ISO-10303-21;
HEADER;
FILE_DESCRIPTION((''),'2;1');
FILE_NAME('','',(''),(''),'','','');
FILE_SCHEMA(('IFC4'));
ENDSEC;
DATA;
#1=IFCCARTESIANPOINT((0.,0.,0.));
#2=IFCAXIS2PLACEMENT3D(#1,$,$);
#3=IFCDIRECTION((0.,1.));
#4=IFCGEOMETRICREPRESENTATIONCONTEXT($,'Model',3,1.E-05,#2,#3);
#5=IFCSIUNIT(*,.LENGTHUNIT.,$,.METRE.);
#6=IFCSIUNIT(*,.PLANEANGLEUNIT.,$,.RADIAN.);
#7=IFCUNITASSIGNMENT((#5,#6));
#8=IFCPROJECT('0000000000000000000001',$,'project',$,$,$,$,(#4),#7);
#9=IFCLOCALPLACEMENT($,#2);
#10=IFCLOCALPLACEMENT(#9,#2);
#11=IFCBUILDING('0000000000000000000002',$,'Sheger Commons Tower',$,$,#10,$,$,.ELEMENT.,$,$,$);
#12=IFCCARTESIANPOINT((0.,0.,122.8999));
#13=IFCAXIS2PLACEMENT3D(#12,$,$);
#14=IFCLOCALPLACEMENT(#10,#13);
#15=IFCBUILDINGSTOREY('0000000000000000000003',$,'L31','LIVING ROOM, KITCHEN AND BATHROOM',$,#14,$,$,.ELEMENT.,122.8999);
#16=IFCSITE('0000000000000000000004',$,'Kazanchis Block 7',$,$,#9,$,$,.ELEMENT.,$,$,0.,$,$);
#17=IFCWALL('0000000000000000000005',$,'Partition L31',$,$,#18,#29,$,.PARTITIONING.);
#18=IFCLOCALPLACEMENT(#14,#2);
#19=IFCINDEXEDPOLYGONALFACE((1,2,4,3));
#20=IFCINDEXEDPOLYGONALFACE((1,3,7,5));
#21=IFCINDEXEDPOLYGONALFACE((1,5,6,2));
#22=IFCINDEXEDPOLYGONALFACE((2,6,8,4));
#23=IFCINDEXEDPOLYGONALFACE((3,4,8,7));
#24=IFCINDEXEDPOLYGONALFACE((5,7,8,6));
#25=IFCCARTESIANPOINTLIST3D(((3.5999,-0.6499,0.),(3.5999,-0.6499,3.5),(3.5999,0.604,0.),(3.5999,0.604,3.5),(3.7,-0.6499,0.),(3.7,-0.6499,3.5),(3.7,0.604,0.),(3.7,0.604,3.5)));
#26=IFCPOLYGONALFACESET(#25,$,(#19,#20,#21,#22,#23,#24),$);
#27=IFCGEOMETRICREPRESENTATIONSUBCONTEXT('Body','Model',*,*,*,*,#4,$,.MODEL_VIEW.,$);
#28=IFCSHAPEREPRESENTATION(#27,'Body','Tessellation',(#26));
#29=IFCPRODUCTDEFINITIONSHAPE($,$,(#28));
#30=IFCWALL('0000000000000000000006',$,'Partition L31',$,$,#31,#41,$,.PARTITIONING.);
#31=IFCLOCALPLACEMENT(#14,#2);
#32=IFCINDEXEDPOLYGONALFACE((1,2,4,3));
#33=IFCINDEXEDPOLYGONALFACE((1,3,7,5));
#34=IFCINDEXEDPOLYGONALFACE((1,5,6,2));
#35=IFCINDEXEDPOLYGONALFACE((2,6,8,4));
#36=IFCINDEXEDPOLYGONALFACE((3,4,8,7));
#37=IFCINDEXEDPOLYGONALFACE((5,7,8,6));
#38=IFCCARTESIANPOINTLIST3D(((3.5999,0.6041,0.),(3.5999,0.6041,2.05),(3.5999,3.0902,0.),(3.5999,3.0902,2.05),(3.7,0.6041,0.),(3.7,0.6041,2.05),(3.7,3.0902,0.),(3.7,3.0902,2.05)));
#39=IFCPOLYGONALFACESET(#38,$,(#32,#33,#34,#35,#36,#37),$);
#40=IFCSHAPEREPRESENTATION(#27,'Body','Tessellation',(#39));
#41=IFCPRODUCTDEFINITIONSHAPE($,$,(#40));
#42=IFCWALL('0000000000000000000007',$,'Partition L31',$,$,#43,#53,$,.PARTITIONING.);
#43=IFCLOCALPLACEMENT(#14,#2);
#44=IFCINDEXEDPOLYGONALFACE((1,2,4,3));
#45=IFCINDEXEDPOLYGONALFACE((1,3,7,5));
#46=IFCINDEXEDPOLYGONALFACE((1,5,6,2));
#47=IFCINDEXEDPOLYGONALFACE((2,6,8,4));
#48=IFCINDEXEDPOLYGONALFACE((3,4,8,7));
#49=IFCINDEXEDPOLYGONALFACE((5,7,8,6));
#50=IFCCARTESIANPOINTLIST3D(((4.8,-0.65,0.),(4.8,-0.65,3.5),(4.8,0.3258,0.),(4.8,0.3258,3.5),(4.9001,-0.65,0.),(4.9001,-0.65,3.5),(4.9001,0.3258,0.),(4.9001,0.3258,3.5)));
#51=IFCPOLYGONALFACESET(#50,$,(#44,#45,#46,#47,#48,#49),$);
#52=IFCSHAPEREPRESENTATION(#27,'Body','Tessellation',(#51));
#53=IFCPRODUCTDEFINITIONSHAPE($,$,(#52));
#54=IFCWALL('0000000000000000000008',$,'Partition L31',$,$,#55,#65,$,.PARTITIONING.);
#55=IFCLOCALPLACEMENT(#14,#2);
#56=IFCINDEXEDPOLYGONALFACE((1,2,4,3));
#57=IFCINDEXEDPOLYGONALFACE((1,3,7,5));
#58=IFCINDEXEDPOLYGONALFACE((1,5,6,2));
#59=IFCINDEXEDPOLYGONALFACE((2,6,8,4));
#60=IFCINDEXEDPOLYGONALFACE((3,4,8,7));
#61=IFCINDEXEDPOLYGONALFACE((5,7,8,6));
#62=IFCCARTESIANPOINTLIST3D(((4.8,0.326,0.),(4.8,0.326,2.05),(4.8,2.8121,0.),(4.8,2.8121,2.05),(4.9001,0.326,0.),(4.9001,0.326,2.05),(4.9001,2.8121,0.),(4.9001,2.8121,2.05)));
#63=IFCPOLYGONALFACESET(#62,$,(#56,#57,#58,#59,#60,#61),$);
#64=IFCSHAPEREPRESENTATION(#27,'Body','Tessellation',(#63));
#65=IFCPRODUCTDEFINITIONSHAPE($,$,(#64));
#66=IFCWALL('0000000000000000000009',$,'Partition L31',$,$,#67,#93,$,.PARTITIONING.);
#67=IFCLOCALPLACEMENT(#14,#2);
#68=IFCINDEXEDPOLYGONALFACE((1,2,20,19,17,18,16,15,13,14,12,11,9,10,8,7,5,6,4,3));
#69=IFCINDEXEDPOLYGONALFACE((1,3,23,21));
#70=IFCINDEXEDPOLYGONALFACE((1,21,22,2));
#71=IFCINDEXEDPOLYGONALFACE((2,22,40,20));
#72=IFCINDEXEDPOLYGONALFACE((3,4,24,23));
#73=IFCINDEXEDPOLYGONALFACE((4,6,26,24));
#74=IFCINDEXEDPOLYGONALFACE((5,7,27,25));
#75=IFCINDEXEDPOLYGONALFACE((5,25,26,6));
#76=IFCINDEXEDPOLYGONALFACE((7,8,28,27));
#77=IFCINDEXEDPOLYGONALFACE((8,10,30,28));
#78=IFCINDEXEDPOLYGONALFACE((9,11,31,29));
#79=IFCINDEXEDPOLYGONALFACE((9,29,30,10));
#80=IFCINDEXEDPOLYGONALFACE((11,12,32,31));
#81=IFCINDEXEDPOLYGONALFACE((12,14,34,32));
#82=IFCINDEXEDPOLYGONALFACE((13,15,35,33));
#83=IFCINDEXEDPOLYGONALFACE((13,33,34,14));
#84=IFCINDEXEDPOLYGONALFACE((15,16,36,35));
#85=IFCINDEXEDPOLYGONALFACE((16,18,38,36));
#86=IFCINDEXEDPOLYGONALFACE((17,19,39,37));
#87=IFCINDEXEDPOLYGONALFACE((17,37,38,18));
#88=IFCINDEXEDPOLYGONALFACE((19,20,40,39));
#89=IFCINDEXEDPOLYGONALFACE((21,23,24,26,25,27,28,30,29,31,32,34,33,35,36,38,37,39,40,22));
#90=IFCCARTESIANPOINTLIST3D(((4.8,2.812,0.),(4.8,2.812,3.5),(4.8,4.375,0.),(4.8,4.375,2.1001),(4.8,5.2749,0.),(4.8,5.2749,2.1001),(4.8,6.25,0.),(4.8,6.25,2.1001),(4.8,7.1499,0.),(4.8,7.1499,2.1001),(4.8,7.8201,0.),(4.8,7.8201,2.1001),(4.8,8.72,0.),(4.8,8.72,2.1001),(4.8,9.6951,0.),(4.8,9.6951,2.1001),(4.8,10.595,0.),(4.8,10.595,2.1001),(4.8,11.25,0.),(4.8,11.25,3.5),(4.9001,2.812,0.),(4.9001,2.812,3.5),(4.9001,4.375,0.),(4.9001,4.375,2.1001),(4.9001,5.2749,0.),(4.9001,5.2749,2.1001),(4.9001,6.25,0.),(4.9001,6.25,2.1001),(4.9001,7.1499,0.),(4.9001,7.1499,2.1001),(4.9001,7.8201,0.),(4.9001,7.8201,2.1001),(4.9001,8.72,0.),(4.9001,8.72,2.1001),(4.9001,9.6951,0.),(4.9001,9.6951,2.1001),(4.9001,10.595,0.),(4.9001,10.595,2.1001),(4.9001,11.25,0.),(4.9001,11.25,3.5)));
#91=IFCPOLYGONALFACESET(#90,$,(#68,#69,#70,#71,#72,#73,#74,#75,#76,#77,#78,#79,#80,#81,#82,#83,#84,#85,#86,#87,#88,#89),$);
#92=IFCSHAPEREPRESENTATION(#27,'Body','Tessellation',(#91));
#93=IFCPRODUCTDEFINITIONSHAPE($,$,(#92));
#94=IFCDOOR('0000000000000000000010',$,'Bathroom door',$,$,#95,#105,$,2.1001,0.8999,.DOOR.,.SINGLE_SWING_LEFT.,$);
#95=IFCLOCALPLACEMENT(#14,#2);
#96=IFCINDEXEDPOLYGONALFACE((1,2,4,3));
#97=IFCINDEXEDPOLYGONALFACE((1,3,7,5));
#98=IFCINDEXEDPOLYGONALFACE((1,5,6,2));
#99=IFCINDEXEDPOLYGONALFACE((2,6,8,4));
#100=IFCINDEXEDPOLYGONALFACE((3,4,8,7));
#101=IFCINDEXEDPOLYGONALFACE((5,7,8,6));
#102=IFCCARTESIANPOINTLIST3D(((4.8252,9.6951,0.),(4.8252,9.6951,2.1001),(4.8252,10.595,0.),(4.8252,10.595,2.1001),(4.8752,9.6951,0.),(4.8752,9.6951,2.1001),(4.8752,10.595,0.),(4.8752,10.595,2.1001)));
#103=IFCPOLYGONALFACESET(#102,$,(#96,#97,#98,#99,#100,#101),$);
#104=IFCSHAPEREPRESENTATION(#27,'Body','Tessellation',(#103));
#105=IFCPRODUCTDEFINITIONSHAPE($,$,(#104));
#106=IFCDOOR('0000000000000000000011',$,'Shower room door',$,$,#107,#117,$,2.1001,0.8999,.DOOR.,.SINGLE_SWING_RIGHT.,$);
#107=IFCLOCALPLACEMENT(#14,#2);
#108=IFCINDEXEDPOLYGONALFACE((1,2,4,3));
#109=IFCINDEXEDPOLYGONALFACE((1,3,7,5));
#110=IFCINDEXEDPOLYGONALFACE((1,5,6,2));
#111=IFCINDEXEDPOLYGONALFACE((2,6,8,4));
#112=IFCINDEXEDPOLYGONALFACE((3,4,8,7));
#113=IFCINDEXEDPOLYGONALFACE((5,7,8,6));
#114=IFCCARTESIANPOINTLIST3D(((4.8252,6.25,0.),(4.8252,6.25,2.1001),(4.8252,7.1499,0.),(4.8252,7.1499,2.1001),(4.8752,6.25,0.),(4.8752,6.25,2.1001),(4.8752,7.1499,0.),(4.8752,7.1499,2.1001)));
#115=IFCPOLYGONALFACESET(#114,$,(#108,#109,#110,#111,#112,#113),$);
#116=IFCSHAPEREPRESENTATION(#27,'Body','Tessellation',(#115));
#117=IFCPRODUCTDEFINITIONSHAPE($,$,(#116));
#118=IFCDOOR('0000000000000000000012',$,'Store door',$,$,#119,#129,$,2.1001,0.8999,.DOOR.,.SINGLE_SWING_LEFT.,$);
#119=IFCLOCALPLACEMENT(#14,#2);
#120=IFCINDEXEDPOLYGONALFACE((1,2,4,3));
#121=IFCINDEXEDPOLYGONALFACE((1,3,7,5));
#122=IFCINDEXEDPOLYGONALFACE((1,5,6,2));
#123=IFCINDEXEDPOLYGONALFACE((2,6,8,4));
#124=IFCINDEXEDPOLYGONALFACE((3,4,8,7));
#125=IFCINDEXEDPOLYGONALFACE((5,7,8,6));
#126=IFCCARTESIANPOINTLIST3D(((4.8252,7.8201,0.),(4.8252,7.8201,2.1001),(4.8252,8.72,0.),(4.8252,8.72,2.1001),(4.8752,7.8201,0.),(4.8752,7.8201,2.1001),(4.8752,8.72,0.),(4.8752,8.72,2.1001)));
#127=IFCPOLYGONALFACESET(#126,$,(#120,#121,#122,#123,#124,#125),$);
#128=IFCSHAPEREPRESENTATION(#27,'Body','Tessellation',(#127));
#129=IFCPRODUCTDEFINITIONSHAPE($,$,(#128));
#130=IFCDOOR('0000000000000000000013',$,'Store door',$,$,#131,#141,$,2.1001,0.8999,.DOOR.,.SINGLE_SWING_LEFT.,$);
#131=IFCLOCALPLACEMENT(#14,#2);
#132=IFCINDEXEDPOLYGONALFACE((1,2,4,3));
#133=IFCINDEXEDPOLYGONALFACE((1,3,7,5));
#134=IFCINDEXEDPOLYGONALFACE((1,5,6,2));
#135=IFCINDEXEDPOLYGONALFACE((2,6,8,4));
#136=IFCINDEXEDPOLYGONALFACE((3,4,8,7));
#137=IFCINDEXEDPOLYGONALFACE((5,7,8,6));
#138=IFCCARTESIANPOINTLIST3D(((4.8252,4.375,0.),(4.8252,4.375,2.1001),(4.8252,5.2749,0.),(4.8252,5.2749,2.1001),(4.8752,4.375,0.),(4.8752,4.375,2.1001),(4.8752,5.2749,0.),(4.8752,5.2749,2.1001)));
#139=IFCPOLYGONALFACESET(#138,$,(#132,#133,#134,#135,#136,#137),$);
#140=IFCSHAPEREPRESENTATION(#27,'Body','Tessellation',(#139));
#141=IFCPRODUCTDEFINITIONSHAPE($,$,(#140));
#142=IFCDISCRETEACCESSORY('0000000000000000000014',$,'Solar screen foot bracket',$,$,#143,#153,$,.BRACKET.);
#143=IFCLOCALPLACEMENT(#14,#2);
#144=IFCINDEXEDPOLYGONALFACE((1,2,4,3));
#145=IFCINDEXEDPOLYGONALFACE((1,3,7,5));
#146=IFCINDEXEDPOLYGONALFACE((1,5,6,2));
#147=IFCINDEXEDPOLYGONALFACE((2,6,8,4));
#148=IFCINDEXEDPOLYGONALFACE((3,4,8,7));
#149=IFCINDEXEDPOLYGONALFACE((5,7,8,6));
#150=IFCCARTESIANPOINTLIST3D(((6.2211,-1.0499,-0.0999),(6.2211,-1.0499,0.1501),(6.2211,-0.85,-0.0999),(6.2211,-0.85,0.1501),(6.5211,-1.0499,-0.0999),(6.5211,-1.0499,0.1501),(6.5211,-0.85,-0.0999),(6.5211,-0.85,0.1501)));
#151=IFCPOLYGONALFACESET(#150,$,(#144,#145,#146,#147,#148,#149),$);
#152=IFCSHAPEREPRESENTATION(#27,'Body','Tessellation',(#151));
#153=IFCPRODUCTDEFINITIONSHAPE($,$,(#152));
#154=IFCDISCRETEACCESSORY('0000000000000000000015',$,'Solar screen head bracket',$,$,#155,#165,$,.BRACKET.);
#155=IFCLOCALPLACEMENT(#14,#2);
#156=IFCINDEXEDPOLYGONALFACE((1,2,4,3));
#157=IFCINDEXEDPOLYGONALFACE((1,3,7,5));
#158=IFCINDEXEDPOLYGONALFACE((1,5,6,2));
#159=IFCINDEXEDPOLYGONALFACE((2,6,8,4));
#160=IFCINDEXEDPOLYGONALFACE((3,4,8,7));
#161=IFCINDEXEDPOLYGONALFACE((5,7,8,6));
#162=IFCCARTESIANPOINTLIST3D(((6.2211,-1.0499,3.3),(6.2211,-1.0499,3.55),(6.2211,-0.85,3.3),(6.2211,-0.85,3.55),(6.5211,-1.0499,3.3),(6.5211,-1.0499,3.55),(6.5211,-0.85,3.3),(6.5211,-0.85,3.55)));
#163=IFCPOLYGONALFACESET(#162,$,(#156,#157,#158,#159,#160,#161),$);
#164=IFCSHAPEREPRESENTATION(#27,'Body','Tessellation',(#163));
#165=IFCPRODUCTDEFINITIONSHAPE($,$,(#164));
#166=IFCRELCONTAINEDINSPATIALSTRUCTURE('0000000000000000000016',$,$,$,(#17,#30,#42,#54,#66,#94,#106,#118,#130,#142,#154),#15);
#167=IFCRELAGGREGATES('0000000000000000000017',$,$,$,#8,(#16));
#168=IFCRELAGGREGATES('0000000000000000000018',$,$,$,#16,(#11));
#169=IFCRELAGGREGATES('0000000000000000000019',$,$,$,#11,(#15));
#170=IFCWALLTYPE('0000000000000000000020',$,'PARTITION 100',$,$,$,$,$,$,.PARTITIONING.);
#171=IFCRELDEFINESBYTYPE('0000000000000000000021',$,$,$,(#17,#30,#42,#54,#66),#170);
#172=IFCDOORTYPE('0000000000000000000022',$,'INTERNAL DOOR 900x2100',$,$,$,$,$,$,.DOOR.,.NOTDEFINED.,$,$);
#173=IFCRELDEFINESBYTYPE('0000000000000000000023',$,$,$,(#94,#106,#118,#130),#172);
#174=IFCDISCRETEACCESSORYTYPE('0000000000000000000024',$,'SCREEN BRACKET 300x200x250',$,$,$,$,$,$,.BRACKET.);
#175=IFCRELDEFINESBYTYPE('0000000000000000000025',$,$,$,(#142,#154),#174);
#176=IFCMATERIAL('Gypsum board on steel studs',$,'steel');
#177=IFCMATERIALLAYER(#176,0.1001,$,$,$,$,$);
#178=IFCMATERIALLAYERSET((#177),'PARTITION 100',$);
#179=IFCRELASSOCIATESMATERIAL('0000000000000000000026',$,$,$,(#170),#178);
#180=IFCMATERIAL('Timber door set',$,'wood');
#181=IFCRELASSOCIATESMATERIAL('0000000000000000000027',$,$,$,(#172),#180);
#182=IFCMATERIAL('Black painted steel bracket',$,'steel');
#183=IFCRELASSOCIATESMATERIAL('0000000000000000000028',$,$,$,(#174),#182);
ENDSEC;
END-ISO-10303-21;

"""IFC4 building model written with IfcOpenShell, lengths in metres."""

from ifc_helpers import new_model, si_unit, direction, frame, frame_2d, origin, origin_2d, place, context, subcontext, project, spatial, rectangle, extrude, material, layer, layer_set, type_object, element, fill, save


model = new_model("IFC4")

# Units and contexts
model_context = context("Model", 3, precision=1e-05, world=origin(), true_north=direction((0.0, 1.0)))
body_context = subcontext(model_context, "Body", "Model", "MODEL_VIEW")
ifc_project = project(units=[si_unit("LENGTHUNIT", "METRE"), si_unit("PLANEANGLEUNIT", "RADIAN")], contexts=[model_context])

# Site, building, storey
site_placement = place(None, origin())
site = spatial("IfcSite", under=ifc_project, at=site_placement, Name="Kazanchis Block 7", CompositionType="ELEMENT", RefElevation=0.0)
building_placement = place(site_placement, origin())
building = spatial("IfcBuilding", under=site, at=building_placement, Name="Sheger Commons Tower", CompositionType="ELEMENT")
storey_placement = place(building_placement, frame((0.0, 0.0, 122.8999)))
storey = spatial("IfcBuildingStorey", under=building, at=storey_placement, Name="L31", Description="LIVING ROOM, KITCHEN AND BATHROOM", CompositionType="ELEMENT", Elevation=122.8999)

# Walls
ifc_material_1 = material(Name="Gypsum board on steel studs", Category="steel")
ifc_layer_1 = layer(ifc_material_1, 0.1001)
ifc_layer_set_1 = layer_set([ifc_layer_1], Name="PARTITION 100")
wall_type_1 = type_object("IfcWallType", Name="PARTITION 100", PredefinedType="PARTITIONING", material=ifc_layer_set_1)
wall_1_placement = place(storey_placement, frame((3.6499, -0.6499, 0.0), z_axis=(0.0, 0.0, 1.0), x_axis=(0.0, 1.0, 0.0)))
element("IfcWall", 1, at=wall_1_placement, inside=storey, type_object=wall_type_1, Name="Partition L31", PredefinedType="PARTITIONING", context=body_context, shape_type="SweptSolid", body=[
    extrude(rectangle(XDim=1.2539, YDim=0.1001, at=frame_2d((0.627, 0.0))), origin(), (0.0, 0.0, 1.0), 3.5),
])
wall_2_placement = place(storey_placement, frame((3.6499, 0.604, 0.0), z_axis=(0.0, 0.0, 1.0), x_axis=(0.0, 1.0, 0.0)))
element("IfcWall", 2, at=wall_2_placement, inside=storey, type_object=wall_type_1, Name="Partition L31", PredefinedType="PARTITIONING", context=body_context, shape_type="SweptSolid", body=[
    extrude(rectangle(XDim=2.4861, YDim=0.1001, at=frame_2d((1.2432, 0.0))), origin(), (0.0, 0.0, 1.0), 2.05),
])
wall_3_placement = place(storey_placement, frame((4.8501, -0.6499, 0.0), z_axis=(0.0, 0.0, 1.0), x_axis=(0.0, 1.0, 0.0)))
element("IfcWall", 3, at=wall_3_placement, inside=storey, type_object=wall_type_1, Name="Partition L31", PredefinedType="PARTITIONING", context=body_context, shape_type="SweptSolid", body=[
    extrude(rectangle(XDim=0.9758, YDim=0.1001, at=frame_2d((0.4878, 0.0))), origin(), (0.0, 0.0, 1.0), 3.5),
])
wall_4_placement = place(storey_placement, frame((4.8501, 0.3259, 0.0), z_axis=(0.0, 0.0, 1.0), x_axis=(0.0, 1.0, 0.0)))
element("IfcWall", 4, at=wall_4_placement, inside=storey, type_object=wall_type_1, Name="Partition L31", PredefinedType="PARTITIONING", context=body_context, shape_type="SweptSolid", body=[
    extrude(rectangle(XDim=2.4861, YDim=0.1001, at=frame_2d((1.2432, 0.0))), origin(), (0.0, 0.0, 1.0), 2.05),
])

# Wall, openings, doors
wall_5_placement = place(storey_placement, frame((4.8501, 2.812, 0.0), z_axis=(0.0, 0.0, 1.0), x_axis=(0.0, 1.0, 0.0)))
wall_5 = element("IfcWall", 5, at=wall_5_placement, inside=storey, type_object=wall_type_1, Name="Partition L31", PredefinedType="PARTITIONING", context=body_context, shape_type="SweptSolid", body=[
    extrude(rectangle(XDim=8.438, YDim=0.1001, at=frame_2d((4.219, 0.0))), origin(), (0.0, 0.0, 1.0), 3.5),
])
opening_1_placement = place(wall_5_placement, frame((6.8831, 0.0, 0.0)))
opening_1 = element("IfcOpeningElement", 6, at=opening_1_placement, cuts=wall_5, PredefinedType="OPENING", context=body_context, shape_type="SweptSolid", body=[
    extrude(rectangle(XDim=0.8999, YDim=2.1001, at=frame_2d((0.45, 1.05))), frame((0.0, 0.0601, 0.0), z_axis=(0.0, -1.0, 0.0), x_axis=(1.0, 0.0, 0.0)), (0.0, 0.0, 1.0), 0.1201),
])
opening_2_placement = place(wall_5_placement, frame((3.438, 0.0, 0.0)))
opening_2 = element("IfcOpeningElement", 7, at=opening_2_placement, cuts=wall_5, PredefinedType="OPENING", context=body_context, shape_type="SweptSolid", body=[
    extrude(rectangle(XDim=0.8999, YDim=2.1001, at=frame_2d((0.45, 1.05))), frame((0.0, 0.0601, 0.0), z_axis=(0.0, -1.0, 0.0), x_axis=(1.0, 0.0, 0.0)), (0.0, 0.0, 1.0), 0.1201),
])
opening_3_placement = place(wall_5_placement, frame((5.0081, 0.0, 0.0)))
opening_3 = element("IfcOpeningElement", 8, at=opening_3_placement, cuts=wall_5, PredefinedType="OPENING", context=body_context, shape_type="SweptSolid", body=[
    extrude(rectangle(XDim=0.8999, YDim=2.1001, at=frame_2d((0.45, 1.05))), frame((0.0, 0.0601, 0.0), z_axis=(0.0, -1.0, 0.0), x_axis=(1.0, 0.0, 0.0)), (0.0, 0.0, 1.0), 0.1201),
])
opening_4_placement = place(wall_5_placement, frame((1.563, 0.0, 0.0)))
opening_4 = element("IfcOpeningElement", 9, at=opening_4_placement, cuts=wall_5, PredefinedType="OPENING", context=body_context, shape_type="SweptSolid", body=[
    extrude(rectangle(XDim=0.8999, YDim=2.1001, at=frame_2d((0.45, 1.05))), frame((0.0, 0.0601, 0.0), z_axis=(0.0, -1.0, 0.0), x_axis=(1.0, 0.0, 0.0)), (0.0, 0.0, 1.0), 0.1201),
])
ifc_material_2 = material(Name="Timber door set", Category="wood")
door_type = type_object("IfcDoorType", Name="INTERNAL DOOR 900x2100", OperationType="NOTDEFINED", PredefinedType="DOOR", material=ifc_material_2)
door_1_placement = place(opening_1_placement, origin())
door_1 = element("IfcDoor", 10, at=door_1_placement, inside=storey, type_object=door_type, Name="Bathroom door", OperationType="SINGLE_SWING_LEFT", OverallHeight=2.1001, OverallWidth=0.8999, PredefinedType="DOOR", context=body_context, shape_type="SweptSolid", body=[
    extrude(rectangle(XDim=0.8999, YDim=2.1001, at=frame_2d((0.45, 1.05))), frame((0.0, 0.0249, 0.0), z_axis=(0.0, -1.0, 0.0), x_axis=(1.0, 0.0, 0.0)), (0.0, 0.0, 1.0), 0.05),
])
fill(opening_1, door_1)
door_2_placement = place(opening_2_placement, origin())
door_2 = element("IfcDoor", 11, at=door_2_placement, inside=storey, type_object=door_type, Name="Shower room door", OperationType="SINGLE_SWING_RIGHT", OverallHeight=2.1001, OverallWidth=0.8999, PredefinedType="DOOR", context=body_context, shape_type="SweptSolid", body=[
    extrude(rectangle(XDim=0.8999, YDim=2.1001, at=frame_2d((0.45, 1.05))), frame((0.0, 0.0249, 0.0), z_axis=(0.0, -1.0, 0.0), x_axis=(1.0, 0.0, 0.0)), (0.0, 0.0, 1.0), 0.05),
])
fill(opening_2, door_2)
door_3_placement = place(opening_3_placement, origin())
door_3 = element("IfcDoor", 12, at=door_3_placement, inside=storey, type_object=door_type, Name="Store door", OperationType="SINGLE_SWING_LEFT", OverallHeight=2.1001, OverallWidth=0.8999, PredefinedType="DOOR", context=body_context, shape_type="SweptSolid", body=[
    extrude(rectangle(XDim=0.8999, YDim=2.1001, at=frame_2d((0.45, 1.05))), frame((0.0, 0.0249, 0.0), z_axis=(0.0, -1.0, 0.0), x_axis=(1.0, 0.0, 0.0)), (0.0, 0.0, 1.0), 0.05),
])
fill(opening_3, door_3)
door_4_placement = place(opening_4_placement, origin())
door_4 = element("IfcDoor", 13, at=door_4_placement, inside=storey, type_object=door_type, Name="Store door", OperationType="SINGLE_SWING_LEFT", OverallHeight=2.1001, OverallWidth=0.8999, PredefinedType="DOOR", context=body_context, shape_type="SweptSolid", body=[
    extrude(rectangle(XDim=0.8999, YDim=2.1001, at=frame_2d((0.45, 1.05))), frame((0.0, 0.0249, 0.0), z_axis=(0.0, -1.0, 0.0), x_axis=(1.0, 0.0, 0.0)), (0.0, 0.0, 1.0), 0.05),
])
fill(opening_4, door_4)

# Discrete accessories
ifc_material_3 = material(Name="Black painted steel bracket", Category="steel")
discrete_accessory_type = type_object("IfcDiscreteAccessoryType", Name="SCREEN BRACKET 300x200x250", PredefinedType="BRACKET", material=ifc_material_3)
for number, where, z_axis, x_axis, name in (
    (14, (6.3711, -0.95, -0.0999), (0.0, 0.0, 1.0), (1.0, 0.0, 0.0), "Solar screen foot bracket"),
    (15, (6.3711, -0.95, 3.3), (0.0, 0.0, 1.0), (1.0, 0.0, 0.0), "Solar screen head bracket"),
):
    element("IfcDiscreteAccessory", number, at=place(storey_placement, frame(where, z_axis=z_axis, x_axis=x_axis)), inside=storey, type_object=discrete_accessory_type, Name=name, PredefinedType="BRACKET", context=body_context, shape_type="SweptSolid", body=[
        extrude(rectangle(XDim=0.3, YDim=0.2, at=origin_2d()), origin(), (0.0, 0.0, 1.0), 0.25),
    ])

save(model, "model.ifc")
